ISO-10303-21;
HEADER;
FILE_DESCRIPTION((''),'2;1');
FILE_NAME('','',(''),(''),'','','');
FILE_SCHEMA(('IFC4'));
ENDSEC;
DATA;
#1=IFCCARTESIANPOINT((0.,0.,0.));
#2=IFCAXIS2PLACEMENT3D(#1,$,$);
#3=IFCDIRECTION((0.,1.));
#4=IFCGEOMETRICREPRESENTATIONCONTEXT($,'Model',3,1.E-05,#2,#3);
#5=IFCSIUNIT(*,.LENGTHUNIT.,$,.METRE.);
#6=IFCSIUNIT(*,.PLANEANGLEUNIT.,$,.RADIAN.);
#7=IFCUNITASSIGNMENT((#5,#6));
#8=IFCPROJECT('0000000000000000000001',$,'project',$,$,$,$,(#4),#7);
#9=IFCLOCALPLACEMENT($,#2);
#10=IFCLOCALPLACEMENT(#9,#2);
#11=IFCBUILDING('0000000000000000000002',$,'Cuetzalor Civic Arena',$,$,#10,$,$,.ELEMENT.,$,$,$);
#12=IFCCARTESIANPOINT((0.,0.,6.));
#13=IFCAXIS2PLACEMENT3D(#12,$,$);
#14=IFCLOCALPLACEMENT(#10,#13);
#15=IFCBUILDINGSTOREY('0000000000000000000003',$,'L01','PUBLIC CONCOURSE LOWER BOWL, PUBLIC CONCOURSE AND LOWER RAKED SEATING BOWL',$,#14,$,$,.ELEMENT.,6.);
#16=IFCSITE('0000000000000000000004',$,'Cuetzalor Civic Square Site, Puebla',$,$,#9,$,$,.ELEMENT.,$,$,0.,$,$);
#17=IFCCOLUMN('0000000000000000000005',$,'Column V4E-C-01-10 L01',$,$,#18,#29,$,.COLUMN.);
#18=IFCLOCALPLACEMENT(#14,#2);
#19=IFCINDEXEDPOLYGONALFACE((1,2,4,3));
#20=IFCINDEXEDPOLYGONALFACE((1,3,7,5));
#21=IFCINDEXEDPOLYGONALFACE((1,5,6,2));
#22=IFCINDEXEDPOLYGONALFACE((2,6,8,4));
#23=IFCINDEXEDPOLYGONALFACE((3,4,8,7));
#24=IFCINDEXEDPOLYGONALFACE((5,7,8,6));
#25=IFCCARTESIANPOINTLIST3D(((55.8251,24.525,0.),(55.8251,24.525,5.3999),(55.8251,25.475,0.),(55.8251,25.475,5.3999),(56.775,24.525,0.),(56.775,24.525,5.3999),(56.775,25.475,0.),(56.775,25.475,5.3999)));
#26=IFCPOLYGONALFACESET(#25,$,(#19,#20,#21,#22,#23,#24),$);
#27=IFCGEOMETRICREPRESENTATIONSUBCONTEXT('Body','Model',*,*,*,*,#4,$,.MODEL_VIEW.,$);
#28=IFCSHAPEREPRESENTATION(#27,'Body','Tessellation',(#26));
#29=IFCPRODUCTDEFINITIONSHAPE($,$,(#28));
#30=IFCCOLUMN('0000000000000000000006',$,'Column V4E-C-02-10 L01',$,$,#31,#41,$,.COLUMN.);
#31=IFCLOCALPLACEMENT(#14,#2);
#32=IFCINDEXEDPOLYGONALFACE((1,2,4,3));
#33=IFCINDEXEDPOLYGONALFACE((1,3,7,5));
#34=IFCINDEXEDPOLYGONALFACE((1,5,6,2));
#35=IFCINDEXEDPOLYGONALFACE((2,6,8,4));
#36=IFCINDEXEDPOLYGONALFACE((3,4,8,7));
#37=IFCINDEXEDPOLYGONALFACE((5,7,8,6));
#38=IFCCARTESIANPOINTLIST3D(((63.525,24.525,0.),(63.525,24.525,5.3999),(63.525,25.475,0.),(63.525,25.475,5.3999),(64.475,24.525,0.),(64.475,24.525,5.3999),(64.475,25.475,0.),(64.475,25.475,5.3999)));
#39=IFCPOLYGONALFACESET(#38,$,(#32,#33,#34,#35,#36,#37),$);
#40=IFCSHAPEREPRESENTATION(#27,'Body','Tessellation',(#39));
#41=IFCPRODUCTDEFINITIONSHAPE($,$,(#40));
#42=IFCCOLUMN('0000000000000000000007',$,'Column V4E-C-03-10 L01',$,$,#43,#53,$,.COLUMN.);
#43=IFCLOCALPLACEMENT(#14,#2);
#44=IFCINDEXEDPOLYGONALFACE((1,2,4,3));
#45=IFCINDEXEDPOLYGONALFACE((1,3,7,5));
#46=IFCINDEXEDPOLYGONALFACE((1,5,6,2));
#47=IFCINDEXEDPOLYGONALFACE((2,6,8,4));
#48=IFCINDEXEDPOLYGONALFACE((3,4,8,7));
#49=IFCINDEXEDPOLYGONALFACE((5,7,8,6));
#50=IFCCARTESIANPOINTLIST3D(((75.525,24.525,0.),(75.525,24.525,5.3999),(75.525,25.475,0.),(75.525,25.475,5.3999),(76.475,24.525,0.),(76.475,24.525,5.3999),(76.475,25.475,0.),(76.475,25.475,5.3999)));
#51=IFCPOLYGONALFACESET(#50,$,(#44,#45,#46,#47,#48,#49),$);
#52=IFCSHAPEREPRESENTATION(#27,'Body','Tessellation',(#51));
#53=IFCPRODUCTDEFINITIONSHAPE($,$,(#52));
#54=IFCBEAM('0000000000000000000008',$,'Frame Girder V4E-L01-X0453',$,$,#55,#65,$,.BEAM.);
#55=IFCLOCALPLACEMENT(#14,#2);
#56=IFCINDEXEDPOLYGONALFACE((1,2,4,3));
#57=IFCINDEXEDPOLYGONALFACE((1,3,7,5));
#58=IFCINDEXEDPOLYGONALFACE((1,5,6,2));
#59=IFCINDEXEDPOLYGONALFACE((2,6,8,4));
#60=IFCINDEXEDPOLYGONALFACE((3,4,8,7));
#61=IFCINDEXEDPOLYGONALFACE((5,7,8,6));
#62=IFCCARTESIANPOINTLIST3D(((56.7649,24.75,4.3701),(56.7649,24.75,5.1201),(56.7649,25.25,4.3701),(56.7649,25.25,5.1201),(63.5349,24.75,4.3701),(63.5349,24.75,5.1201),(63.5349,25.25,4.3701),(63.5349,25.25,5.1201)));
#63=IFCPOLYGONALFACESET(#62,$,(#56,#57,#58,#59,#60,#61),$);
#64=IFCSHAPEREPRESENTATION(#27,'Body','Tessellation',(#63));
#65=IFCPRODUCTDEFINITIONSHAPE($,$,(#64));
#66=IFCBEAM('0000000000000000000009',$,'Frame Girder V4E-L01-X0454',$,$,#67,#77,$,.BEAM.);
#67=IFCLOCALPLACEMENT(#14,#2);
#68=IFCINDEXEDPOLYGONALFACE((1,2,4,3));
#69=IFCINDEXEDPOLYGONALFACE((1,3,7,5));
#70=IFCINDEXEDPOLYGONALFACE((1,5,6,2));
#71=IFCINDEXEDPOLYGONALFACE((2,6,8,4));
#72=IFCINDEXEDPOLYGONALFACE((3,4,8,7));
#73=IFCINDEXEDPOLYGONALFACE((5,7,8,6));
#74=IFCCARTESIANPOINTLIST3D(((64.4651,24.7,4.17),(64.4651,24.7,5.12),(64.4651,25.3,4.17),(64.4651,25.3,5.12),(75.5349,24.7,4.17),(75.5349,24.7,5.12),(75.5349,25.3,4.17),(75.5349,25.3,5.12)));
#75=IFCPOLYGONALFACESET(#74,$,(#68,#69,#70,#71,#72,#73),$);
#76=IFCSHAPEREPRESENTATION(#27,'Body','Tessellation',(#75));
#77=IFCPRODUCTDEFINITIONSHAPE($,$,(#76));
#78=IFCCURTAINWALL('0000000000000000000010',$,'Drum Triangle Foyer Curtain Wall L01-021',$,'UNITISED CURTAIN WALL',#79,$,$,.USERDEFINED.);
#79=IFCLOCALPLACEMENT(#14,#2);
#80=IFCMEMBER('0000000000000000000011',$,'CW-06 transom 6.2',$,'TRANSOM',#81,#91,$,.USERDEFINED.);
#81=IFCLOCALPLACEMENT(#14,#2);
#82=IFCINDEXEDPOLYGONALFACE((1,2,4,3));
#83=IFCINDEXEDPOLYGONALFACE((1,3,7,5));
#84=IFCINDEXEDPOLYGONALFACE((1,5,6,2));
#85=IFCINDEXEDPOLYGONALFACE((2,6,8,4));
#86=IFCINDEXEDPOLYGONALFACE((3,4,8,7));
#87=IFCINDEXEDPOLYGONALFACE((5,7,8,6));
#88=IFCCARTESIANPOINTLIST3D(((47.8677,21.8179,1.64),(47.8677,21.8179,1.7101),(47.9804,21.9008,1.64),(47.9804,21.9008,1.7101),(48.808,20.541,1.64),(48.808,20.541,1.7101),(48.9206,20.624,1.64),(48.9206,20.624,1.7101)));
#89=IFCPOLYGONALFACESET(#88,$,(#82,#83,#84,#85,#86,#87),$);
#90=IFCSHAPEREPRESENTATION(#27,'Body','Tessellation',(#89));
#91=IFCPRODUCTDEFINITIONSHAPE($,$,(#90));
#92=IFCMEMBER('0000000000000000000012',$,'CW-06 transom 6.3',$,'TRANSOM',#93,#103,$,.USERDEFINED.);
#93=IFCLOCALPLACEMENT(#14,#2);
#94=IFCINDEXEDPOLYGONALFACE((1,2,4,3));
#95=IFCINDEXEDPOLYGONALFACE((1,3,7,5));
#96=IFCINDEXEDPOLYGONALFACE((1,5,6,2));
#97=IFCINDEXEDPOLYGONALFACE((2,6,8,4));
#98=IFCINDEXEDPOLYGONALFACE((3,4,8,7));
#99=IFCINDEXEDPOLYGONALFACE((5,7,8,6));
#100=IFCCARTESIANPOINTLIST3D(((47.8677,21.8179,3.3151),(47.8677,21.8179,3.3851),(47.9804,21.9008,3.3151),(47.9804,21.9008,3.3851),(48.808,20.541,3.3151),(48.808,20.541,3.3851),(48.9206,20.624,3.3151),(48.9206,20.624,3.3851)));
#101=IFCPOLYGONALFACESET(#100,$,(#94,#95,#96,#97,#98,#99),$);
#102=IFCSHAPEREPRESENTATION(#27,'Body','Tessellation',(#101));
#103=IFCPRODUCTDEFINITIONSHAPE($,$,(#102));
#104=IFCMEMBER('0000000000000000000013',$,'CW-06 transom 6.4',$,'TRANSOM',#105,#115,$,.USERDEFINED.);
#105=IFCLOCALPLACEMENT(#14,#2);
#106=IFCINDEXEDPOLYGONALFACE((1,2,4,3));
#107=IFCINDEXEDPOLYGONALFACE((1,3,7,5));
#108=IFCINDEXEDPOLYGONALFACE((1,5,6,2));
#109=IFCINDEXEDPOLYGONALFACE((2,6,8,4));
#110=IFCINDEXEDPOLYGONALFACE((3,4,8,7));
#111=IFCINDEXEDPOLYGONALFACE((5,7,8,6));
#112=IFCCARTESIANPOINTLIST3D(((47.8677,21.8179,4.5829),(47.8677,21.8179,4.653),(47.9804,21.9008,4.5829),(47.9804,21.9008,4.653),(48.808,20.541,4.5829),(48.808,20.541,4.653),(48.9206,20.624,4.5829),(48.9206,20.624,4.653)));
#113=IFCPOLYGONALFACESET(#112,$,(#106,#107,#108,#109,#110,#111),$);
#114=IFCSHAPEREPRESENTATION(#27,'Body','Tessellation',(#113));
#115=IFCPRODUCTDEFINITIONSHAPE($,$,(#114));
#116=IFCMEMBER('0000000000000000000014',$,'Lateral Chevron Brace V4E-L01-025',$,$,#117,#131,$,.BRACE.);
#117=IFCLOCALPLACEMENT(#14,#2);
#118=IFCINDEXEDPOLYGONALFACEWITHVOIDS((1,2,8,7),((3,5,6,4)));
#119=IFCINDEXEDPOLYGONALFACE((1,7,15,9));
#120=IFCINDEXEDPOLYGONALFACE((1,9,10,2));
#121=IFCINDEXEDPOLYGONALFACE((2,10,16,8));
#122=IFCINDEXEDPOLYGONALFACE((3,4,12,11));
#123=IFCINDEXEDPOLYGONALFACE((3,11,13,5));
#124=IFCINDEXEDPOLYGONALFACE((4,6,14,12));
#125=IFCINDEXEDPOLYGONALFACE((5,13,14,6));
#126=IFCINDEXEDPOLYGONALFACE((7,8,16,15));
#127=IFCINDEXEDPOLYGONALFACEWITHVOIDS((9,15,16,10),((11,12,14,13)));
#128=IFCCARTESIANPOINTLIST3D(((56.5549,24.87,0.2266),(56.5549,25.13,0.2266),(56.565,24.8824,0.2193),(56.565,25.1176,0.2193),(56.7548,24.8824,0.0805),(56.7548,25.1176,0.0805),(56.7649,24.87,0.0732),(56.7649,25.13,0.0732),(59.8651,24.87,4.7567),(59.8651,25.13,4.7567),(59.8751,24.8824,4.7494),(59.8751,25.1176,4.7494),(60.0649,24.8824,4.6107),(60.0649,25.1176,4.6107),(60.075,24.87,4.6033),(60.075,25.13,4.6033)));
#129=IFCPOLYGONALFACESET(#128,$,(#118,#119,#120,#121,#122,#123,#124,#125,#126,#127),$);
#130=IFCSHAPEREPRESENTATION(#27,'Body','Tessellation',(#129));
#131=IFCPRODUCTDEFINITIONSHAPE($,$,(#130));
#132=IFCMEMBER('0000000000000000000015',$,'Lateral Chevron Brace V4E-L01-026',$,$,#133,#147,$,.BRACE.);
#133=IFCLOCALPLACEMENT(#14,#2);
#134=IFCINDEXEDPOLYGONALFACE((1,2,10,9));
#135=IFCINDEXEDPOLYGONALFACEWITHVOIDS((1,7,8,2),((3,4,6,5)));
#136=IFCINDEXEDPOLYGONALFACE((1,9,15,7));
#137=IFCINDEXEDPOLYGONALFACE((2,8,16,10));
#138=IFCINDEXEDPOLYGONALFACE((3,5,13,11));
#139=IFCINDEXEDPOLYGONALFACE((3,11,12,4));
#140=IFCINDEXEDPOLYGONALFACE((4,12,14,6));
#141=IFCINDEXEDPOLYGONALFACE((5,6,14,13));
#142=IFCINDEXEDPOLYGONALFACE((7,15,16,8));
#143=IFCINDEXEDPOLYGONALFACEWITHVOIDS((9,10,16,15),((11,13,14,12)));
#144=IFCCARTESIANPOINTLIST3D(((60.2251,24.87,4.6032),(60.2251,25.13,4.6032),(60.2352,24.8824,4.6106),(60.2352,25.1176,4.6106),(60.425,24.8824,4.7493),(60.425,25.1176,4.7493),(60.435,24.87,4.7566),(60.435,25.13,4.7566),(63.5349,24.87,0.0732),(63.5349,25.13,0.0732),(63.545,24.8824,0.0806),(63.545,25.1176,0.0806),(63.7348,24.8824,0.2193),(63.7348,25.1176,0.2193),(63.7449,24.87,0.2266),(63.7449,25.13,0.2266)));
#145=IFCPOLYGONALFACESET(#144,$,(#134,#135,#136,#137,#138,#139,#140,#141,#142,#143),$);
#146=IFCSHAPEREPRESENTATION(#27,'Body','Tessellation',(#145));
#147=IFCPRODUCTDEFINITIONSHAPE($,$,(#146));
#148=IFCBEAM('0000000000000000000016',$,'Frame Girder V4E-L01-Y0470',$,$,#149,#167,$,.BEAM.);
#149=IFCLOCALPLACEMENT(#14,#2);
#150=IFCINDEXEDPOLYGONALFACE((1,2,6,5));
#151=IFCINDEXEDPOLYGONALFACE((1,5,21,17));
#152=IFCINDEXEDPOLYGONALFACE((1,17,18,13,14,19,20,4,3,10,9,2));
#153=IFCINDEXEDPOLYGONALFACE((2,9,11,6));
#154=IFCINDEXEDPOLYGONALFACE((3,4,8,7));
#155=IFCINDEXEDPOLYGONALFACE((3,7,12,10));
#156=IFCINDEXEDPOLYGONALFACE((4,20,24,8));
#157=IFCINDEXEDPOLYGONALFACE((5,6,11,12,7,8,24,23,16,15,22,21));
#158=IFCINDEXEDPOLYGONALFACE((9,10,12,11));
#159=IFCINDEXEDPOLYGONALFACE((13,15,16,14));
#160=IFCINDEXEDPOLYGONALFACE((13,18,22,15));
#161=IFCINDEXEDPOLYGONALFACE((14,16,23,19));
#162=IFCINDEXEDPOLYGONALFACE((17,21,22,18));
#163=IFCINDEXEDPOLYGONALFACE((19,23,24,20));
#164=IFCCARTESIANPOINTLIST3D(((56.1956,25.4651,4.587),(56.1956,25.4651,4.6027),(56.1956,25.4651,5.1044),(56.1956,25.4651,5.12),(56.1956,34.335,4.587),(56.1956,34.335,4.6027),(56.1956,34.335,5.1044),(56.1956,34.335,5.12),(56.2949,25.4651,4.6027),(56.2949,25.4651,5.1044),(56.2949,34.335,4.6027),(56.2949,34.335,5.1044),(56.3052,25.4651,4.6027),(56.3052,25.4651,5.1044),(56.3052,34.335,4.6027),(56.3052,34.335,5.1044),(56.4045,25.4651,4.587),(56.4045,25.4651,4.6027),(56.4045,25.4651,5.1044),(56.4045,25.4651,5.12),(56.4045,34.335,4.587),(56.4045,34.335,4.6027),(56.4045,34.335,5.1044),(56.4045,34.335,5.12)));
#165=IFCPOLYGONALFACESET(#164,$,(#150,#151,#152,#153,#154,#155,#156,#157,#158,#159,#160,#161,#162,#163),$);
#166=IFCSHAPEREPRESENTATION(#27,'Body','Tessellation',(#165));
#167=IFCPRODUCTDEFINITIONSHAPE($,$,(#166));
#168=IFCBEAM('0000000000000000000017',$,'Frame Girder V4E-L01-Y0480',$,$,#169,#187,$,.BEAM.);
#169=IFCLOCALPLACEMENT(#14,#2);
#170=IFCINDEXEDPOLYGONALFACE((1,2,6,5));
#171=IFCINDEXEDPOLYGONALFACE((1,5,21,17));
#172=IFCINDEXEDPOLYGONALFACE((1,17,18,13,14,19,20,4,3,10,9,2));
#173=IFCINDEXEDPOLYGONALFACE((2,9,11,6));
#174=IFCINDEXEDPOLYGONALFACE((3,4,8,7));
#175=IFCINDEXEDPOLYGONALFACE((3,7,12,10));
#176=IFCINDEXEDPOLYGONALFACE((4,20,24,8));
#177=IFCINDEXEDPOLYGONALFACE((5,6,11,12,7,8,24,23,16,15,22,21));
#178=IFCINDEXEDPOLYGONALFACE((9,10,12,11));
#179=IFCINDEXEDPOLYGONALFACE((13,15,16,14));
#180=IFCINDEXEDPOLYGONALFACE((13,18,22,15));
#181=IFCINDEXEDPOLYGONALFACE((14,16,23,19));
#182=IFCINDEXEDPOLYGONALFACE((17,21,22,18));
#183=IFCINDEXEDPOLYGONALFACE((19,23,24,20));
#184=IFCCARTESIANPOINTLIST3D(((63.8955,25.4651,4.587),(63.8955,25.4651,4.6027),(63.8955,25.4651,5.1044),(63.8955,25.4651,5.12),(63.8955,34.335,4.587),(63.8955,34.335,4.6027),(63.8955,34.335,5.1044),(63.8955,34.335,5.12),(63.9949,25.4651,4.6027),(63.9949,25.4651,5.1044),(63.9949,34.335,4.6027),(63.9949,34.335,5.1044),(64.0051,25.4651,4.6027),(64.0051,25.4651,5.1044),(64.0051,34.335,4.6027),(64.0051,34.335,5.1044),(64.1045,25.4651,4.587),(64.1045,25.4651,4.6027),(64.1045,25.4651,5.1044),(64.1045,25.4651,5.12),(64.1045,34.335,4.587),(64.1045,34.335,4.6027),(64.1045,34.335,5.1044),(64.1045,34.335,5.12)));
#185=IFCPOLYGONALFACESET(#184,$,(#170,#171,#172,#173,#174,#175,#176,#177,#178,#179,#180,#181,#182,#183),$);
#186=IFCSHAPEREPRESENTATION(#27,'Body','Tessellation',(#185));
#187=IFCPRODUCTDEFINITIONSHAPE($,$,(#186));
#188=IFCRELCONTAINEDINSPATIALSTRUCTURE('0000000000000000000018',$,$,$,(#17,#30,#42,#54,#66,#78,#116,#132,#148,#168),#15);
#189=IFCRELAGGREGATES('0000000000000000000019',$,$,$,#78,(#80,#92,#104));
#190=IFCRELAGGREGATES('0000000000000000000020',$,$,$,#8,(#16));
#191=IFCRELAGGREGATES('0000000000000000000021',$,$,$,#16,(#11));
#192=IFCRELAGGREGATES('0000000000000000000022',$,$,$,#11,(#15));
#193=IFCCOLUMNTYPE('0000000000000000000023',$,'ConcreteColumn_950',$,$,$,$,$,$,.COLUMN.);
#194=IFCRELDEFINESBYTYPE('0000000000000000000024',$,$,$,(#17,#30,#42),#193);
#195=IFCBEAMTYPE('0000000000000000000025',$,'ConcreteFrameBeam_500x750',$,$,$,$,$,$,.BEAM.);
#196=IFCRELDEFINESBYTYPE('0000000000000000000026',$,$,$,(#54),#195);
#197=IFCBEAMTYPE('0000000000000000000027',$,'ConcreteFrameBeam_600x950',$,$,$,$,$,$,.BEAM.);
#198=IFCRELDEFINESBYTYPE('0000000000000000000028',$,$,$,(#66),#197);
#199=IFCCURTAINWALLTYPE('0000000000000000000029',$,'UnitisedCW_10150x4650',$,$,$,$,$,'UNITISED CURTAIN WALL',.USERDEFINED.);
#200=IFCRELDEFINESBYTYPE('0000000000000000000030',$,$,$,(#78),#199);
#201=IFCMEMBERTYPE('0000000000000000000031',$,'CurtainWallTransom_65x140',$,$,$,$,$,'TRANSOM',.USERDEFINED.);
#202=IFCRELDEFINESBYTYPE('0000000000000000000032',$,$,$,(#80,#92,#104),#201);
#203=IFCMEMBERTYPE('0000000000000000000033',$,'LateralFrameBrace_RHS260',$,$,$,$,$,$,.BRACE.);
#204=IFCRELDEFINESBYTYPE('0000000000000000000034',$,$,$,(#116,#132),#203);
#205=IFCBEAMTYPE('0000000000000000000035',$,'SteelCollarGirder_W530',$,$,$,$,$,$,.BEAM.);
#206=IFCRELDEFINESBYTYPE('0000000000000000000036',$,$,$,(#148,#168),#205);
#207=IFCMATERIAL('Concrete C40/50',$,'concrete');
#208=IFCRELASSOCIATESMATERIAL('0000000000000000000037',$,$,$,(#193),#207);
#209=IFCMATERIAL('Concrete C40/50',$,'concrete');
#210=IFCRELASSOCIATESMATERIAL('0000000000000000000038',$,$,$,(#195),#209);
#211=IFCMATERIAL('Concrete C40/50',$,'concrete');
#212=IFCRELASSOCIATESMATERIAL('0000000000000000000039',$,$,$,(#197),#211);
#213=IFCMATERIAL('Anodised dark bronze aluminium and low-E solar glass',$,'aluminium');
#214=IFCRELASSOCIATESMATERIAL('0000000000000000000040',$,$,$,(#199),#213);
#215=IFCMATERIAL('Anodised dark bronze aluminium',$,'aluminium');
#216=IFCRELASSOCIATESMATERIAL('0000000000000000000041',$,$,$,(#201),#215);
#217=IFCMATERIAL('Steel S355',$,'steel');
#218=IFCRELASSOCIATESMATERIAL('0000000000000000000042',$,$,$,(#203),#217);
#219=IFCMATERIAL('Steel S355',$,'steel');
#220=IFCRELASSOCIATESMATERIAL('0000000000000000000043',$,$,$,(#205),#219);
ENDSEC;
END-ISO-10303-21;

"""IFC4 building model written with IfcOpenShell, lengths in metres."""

from ifc_helpers import new_model, si_unit, direction, frame, origin, origin_2d, place, context, subcontext, project, spatial, rectangle, hollow_rectangle, i_section, extrude, material, material_profile, profile_set, type_object, element, aggregate, save


model = new_model("IFC4")

# Units and contexts
model_context = context("Model", 3, precision=1e-05, world=origin(), true_north=direction((0.0, 1.0)))
body_context = subcontext(model_context, "Body", "Model", "MODEL_VIEW")
ifc_project = project(units=[si_unit("LENGTHUNIT", "METRE"), si_unit("PLANEANGLEUNIT", "RADIAN")], contexts=[model_context])

# Site, building, storey
site_placement = place(None, origin())
site = spatial("IfcSite", under=ifc_project, at=site_placement, Name="Cuetzalor Civic Square Site, Puebla", CompositionType="ELEMENT", RefElevation=0.0)
building_placement = place(site_placement, origin())
building = spatial("IfcBuilding", under=site, at=building_placement, Name="Cuetzalor Civic Arena", CompositionType="ELEMENT")
storey_placement = place(building_placement, frame((0.0, 0.0, 6.0)))
storey = spatial("IfcBuildingStorey", under=building, at=storey_placement, Name="L01", Description="PUBLIC CONCOURSE LOWER BOWL, PUBLIC CONCOURSE AND LOWER RAKED SEATING BOWL", CompositionType="ELEMENT", Elevation=6.0)

# Columns
ifc_material_1 = material(Name="Concrete C40/50", Category="concrete")
ifc_material_profile_1 = material_profile(ifc_material_1, rectangle(XDim=0.95, YDim=0.95, at=origin_2d()), Name="RC 950x950")
ifc_profile_set_1 = profile_set([ifc_material_profile_1], Name="Concrete C40/50")
column_type = type_object("IfcColumnType", Name="ConcreteColumn_950", PredefinedType="COLUMN", material=ifc_profile_set_1)
for number, where, z_axis, x_axis, name in (
    (1, (56.3, 25.0, 0.0), (0.0, 0.0, 1.0), (1.0, 0.0, 0.0), "Column V4E-C-01-10 L01"),
    (2, (64.0, 25.0, 0.0), (0.0, 0.0, 1.0), (1.0, 0.0, 0.0), "Column V4E-C-02-10 L01"),
    (3, (76.0, 25.0, 0.0), (0.0, 0.0, 1.0), (1.0, 0.0, 0.0), "Column V4E-C-03-10 L01"),
):
    element("IfcColumn", number, at=place(storey_placement, frame(where, z_axis=z_axis, x_axis=x_axis)), inside=storey, type_object=column_type, Name=name, PredefinedType="COLUMN", context=body_context, shape_type="SweptSolid", body=[
        extrude(rectangle(XDim=0.95, YDim=0.95, at=origin_2d()), origin(), (0.0, 0.0, 1.0), 5.3999),
    ])

# Beams
ifc_material_2 = material(Name="Concrete C40/50", Category="concrete")
ifc_material_profile_2 = material_profile(ifc_material_2, rectangle(XDim=0.5, YDim=0.75, at=origin_2d()), Name="RC 500x750")
ifc_profile_set_2 = profile_set([ifc_material_profile_2], Name="Concrete C40/50")
beam_type_1 = type_object("IfcBeamType", Name="ConcreteFrameBeam_500x750", PredefinedType="BEAM", material=ifc_profile_set_2)
beam_1_placement = place(storey_placement, frame((56.7649, 25.0, 4.7451), z_axis=(1.0, 0.0, 0.0), x_axis=(0.0, 1.0, 0.0)))
element("IfcBeam", 4, at=beam_1_placement, inside=storey, type_object=beam_type_1, Name="Frame Girder V4E-L01-X0453", PredefinedType="BEAM", context=body_context, shape_type="SweptSolid", body=[
    extrude(rectangle(XDim=0.5, YDim=0.75, at=origin_2d()), origin(), (0.0, 0.0, 1.0), 6.77),
])
ifc_material_3 = material(Name="Concrete C40/50", Category="concrete")
ifc_material_profile_3 = material_profile(ifc_material_3, rectangle(XDim=0.6001, YDim=0.95, at=origin_2d()), Name="RC 600x950")
ifc_profile_set_3 = profile_set([ifc_material_profile_3], Name="Concrete C40/50")
beam_type_2 = type_object("IfcBeamType", Name="ConcreteFrameBeam_600x950", PredefinedType="BEAM", material=ifc_profile_set_3)
beam_2_placement = place(storey_placement, frame((64.4651, 25.0, 4.645), z_axis=(1.0, 0.0, 0.0), x_axis=(0.0, 1.0, 0.0)))
element("IfcBeam", 5, at=beam_2_placement, inside=storey, type_object=beam_type_2, Name="Frame Girder V4E-L01-X0454", PredefinedType="BEAM", context=body_context, shape_type="SweptSolid", body=[
    extrude(rectangle(XDim=0.6001, YDim=0.95, at=origin_2d()), origin(), (0.0, 0.0, 1.0), 11.0698),
])

# Curtain wall, members
ifc_material_4 = material(Name="Anodised dark bronze aluminium and low-E solar glass", Category="aluminium")
curtain_wall_type = type_object("IfcCurtainWallType", Name="UnitisedCW_10150x4650", ElementType="UNITISED CURTAIN WALL", PredefinedType="USERDEFINED", material=ifc_material_4)
curtain_wall_placement = place(storey_placement, origin())
curtain_wall = element("IfcCurtainWall", 6, at=curtain_wall_placement, inside=storey, type_object=curtain_wall_type, Name="Drum Triangle Foyer Curtain Wall L01-021", ObjectType="UNITISED CURTAIN WALL", PredefinedType="USERDEFINED")
ifc_material_5 = material(Name="Anodised dark bronze aluminium", Category="aluminium")
ifc_material_profile_4 = material_profile(ifc_material_5, rectangle(XDim=0.1399, YDim=0.0701, at=origin_2d()), Name="ALU TRANSOM 70x140")
ifc_profile_set_4 = profile_set([ifc_material_profile_4], Name="Anodised dark bronze aluminium")
member_type_1 = type_object("IfcMemberType", Name="CurtainWallTransom_65x140", ElementType="TRANSOM", PredefinedType="USERDEFINED", material=ifc_profile_set_4)
member_1_placement = place(storey_placement, frame((47.9241, 21.8594, 1.675), z_axis=(0.592931, -0.805253, 0.0), x_axis=(0.805253, 0.592931, 0.0)))
member_1 = element("IfcMember", 7, at=member_1_placement, type_object=member_type_1, Name="CW-06 transom 6.2", ObjectType="TRANSOM", PredefinedType="USERDEFINED", context=body_context, shape_type="SweptSolid", body=[
    extrude(rectangle(XDim=0.1399, YDim=0.0701, at=origin_2d()), origin(), (0.0, 0.0, 1.0), 1.5857),
])
member_2_placement = place(storey_placement, frame((47.9241, 21.8594, 3.3501), z_axis=(0.592931, -0.805253, 0.0), x_axis=(0.805253, 0.592931, 0.0)))
member_2 = element("IfcMember", 8, at=member_2_placement, type_object=member_type_1, Name="CW-06 transom 6.3", ObjectType="TRANSOM", PredefinedType="USERDEFINED", context=body_context, shape_type="SweptSolid", body=[
    extrude(rectangle(XDim=0.1399, YDim=0.0701, at=origin_2d()), origin(), (0.0, 0.0, 1.0), 1.5857),
])
member_3_placement = place(storey_placement, frame((47.9241, 21.8594, 4.6179), z_axis=(0.592931, -0.805253, 0.0), x_axis=(0.805253, 0.592931, 0.0)))
member_3 = element("IfcMember", 9, at=member_3_placement, type_object=member_type_1, Name="CW-06 transom 6.4", ObjectType="TRANSOM", PredefinedType="USERDEFINED", context=body_context, shape_type="SweptSolid", body=[
    extrude(rectangle(XDim=0.1399, YDim=0.0701, at=origin_2d()), origin(), (0.0, 0.0, 1.0), 1.5857),
])
aggregate(curtain_wall, [member_1, member_2, member_3])

# Members
ifc_material_6 = material(Name="Steel S355", Category="steel")
ifc_material_profile_5 = material_profile(ifc_material_6, hollow_rectangle(XDim=0.26, YDim=0.26, WallThickness=0.0125, at=origin_2d()), Name="RHS 260x260x12.5")
ifc_profile_set_5 = profile_set([ifc_material_profile_5], Name="Steel S355")
member_type_2 = type_object("IfcMemberType", Name="LateralFrameBrace_RHS260", PredefinedType="BRACE", material=ifc_profile_set_5)
member_4_placement = place(storey_placement, frame((56.6599, 25.0, 0.1499), z_axis=(0.589976, 0.0, 0.807421), x_axis=(0.0, 1.0, 0.0)))
element("IfcMember", 10, at=member_4_placement, inside=storey, type_object=member_type_2, Name="Lateral Chevron Brace V4E-L01-025", PredefinedType="BRACE", context=body_context, shape_type="SweptSolid", body=[
    extrude(hollow_rectangle(XDim=0.26, YDim=0.26, WallThickness=0.0125, at=origin_2d()), origin(), (0.0, 0.0, 1.0), 5.6106),
])
member_5_placement = place(storey_placement, frame((63.6399, 25.0, 0.1499), z_axis=(-0.589948, 0.0, 0.807441), x_axis=(0.0, -1.0, 0.0)))
element("IfcMember", 11, at=member_5_placement, inside=storey, type_object=member_type_2, Name="Lateral Chevron Brace V4E-L01-026", PredefinedType="BRACE", context=body_context, shape_type="SweptSolid", body=[
    extrude(hollow_rectangle(XDim=0.26, YDim=0.26, WallThickness=0.0125, at=origin_2d()), origin(), (0.0, 0.0, 1.0), 5.6104),
])

# Beams
ifc_material_7 = material(Name="Steel S355", Category="steel")
ifc_material_profile_6 = material_profile(ifc_material_7, i_section(OverallWidth=0.209, OverallDepth=0.533, WebThickness=0.0103, FlangeThickness=0.0156, at=origin_2d()), Name="W530x92")
ifc_profile_set_6 = profile_set([ifc_material_profile_6], Name="Steel S355")
beam_type_3 = type_object("IfcBeamType", Name="SteelCollarGirder_W530", PredefinedType="BEAM", material=ifc_profile_set_6)
for number, where, z_axis, x_axis, name in (
    (12, (56.3, 25.4651, 4.8535), (0.0, 1.0, 0.0), (-1.0, 0.0, 0.0), "Frame Girder V4E-L01-Y0470"),
    (13, (64.0, 25.4651, 4.8535), (0.0, 1.0, 0.0), (-1.0, 0.0, 0.0), "Frame Girder V4E-L01-Y0480"),
):
    element("IfcBeam", number, at=place(storey_placement, frame(where, z_axis=z_axis, x_axis=x_axis)), inside=storey, type_object=beam_type_3, Name=name, PredefinedType="BEAM", context=body_context, shape_type="SweptSolid", body=[
        extrude(i_section(OverallWidth=0.209, OverallDepth=0.533, WebThickness=0.0103, FlangeThickness=0.0156, at=origin_2d()), origin(), (0.0, 0.0, 1.0), 8.8699),
    ])

save(model, "model.ifc")
